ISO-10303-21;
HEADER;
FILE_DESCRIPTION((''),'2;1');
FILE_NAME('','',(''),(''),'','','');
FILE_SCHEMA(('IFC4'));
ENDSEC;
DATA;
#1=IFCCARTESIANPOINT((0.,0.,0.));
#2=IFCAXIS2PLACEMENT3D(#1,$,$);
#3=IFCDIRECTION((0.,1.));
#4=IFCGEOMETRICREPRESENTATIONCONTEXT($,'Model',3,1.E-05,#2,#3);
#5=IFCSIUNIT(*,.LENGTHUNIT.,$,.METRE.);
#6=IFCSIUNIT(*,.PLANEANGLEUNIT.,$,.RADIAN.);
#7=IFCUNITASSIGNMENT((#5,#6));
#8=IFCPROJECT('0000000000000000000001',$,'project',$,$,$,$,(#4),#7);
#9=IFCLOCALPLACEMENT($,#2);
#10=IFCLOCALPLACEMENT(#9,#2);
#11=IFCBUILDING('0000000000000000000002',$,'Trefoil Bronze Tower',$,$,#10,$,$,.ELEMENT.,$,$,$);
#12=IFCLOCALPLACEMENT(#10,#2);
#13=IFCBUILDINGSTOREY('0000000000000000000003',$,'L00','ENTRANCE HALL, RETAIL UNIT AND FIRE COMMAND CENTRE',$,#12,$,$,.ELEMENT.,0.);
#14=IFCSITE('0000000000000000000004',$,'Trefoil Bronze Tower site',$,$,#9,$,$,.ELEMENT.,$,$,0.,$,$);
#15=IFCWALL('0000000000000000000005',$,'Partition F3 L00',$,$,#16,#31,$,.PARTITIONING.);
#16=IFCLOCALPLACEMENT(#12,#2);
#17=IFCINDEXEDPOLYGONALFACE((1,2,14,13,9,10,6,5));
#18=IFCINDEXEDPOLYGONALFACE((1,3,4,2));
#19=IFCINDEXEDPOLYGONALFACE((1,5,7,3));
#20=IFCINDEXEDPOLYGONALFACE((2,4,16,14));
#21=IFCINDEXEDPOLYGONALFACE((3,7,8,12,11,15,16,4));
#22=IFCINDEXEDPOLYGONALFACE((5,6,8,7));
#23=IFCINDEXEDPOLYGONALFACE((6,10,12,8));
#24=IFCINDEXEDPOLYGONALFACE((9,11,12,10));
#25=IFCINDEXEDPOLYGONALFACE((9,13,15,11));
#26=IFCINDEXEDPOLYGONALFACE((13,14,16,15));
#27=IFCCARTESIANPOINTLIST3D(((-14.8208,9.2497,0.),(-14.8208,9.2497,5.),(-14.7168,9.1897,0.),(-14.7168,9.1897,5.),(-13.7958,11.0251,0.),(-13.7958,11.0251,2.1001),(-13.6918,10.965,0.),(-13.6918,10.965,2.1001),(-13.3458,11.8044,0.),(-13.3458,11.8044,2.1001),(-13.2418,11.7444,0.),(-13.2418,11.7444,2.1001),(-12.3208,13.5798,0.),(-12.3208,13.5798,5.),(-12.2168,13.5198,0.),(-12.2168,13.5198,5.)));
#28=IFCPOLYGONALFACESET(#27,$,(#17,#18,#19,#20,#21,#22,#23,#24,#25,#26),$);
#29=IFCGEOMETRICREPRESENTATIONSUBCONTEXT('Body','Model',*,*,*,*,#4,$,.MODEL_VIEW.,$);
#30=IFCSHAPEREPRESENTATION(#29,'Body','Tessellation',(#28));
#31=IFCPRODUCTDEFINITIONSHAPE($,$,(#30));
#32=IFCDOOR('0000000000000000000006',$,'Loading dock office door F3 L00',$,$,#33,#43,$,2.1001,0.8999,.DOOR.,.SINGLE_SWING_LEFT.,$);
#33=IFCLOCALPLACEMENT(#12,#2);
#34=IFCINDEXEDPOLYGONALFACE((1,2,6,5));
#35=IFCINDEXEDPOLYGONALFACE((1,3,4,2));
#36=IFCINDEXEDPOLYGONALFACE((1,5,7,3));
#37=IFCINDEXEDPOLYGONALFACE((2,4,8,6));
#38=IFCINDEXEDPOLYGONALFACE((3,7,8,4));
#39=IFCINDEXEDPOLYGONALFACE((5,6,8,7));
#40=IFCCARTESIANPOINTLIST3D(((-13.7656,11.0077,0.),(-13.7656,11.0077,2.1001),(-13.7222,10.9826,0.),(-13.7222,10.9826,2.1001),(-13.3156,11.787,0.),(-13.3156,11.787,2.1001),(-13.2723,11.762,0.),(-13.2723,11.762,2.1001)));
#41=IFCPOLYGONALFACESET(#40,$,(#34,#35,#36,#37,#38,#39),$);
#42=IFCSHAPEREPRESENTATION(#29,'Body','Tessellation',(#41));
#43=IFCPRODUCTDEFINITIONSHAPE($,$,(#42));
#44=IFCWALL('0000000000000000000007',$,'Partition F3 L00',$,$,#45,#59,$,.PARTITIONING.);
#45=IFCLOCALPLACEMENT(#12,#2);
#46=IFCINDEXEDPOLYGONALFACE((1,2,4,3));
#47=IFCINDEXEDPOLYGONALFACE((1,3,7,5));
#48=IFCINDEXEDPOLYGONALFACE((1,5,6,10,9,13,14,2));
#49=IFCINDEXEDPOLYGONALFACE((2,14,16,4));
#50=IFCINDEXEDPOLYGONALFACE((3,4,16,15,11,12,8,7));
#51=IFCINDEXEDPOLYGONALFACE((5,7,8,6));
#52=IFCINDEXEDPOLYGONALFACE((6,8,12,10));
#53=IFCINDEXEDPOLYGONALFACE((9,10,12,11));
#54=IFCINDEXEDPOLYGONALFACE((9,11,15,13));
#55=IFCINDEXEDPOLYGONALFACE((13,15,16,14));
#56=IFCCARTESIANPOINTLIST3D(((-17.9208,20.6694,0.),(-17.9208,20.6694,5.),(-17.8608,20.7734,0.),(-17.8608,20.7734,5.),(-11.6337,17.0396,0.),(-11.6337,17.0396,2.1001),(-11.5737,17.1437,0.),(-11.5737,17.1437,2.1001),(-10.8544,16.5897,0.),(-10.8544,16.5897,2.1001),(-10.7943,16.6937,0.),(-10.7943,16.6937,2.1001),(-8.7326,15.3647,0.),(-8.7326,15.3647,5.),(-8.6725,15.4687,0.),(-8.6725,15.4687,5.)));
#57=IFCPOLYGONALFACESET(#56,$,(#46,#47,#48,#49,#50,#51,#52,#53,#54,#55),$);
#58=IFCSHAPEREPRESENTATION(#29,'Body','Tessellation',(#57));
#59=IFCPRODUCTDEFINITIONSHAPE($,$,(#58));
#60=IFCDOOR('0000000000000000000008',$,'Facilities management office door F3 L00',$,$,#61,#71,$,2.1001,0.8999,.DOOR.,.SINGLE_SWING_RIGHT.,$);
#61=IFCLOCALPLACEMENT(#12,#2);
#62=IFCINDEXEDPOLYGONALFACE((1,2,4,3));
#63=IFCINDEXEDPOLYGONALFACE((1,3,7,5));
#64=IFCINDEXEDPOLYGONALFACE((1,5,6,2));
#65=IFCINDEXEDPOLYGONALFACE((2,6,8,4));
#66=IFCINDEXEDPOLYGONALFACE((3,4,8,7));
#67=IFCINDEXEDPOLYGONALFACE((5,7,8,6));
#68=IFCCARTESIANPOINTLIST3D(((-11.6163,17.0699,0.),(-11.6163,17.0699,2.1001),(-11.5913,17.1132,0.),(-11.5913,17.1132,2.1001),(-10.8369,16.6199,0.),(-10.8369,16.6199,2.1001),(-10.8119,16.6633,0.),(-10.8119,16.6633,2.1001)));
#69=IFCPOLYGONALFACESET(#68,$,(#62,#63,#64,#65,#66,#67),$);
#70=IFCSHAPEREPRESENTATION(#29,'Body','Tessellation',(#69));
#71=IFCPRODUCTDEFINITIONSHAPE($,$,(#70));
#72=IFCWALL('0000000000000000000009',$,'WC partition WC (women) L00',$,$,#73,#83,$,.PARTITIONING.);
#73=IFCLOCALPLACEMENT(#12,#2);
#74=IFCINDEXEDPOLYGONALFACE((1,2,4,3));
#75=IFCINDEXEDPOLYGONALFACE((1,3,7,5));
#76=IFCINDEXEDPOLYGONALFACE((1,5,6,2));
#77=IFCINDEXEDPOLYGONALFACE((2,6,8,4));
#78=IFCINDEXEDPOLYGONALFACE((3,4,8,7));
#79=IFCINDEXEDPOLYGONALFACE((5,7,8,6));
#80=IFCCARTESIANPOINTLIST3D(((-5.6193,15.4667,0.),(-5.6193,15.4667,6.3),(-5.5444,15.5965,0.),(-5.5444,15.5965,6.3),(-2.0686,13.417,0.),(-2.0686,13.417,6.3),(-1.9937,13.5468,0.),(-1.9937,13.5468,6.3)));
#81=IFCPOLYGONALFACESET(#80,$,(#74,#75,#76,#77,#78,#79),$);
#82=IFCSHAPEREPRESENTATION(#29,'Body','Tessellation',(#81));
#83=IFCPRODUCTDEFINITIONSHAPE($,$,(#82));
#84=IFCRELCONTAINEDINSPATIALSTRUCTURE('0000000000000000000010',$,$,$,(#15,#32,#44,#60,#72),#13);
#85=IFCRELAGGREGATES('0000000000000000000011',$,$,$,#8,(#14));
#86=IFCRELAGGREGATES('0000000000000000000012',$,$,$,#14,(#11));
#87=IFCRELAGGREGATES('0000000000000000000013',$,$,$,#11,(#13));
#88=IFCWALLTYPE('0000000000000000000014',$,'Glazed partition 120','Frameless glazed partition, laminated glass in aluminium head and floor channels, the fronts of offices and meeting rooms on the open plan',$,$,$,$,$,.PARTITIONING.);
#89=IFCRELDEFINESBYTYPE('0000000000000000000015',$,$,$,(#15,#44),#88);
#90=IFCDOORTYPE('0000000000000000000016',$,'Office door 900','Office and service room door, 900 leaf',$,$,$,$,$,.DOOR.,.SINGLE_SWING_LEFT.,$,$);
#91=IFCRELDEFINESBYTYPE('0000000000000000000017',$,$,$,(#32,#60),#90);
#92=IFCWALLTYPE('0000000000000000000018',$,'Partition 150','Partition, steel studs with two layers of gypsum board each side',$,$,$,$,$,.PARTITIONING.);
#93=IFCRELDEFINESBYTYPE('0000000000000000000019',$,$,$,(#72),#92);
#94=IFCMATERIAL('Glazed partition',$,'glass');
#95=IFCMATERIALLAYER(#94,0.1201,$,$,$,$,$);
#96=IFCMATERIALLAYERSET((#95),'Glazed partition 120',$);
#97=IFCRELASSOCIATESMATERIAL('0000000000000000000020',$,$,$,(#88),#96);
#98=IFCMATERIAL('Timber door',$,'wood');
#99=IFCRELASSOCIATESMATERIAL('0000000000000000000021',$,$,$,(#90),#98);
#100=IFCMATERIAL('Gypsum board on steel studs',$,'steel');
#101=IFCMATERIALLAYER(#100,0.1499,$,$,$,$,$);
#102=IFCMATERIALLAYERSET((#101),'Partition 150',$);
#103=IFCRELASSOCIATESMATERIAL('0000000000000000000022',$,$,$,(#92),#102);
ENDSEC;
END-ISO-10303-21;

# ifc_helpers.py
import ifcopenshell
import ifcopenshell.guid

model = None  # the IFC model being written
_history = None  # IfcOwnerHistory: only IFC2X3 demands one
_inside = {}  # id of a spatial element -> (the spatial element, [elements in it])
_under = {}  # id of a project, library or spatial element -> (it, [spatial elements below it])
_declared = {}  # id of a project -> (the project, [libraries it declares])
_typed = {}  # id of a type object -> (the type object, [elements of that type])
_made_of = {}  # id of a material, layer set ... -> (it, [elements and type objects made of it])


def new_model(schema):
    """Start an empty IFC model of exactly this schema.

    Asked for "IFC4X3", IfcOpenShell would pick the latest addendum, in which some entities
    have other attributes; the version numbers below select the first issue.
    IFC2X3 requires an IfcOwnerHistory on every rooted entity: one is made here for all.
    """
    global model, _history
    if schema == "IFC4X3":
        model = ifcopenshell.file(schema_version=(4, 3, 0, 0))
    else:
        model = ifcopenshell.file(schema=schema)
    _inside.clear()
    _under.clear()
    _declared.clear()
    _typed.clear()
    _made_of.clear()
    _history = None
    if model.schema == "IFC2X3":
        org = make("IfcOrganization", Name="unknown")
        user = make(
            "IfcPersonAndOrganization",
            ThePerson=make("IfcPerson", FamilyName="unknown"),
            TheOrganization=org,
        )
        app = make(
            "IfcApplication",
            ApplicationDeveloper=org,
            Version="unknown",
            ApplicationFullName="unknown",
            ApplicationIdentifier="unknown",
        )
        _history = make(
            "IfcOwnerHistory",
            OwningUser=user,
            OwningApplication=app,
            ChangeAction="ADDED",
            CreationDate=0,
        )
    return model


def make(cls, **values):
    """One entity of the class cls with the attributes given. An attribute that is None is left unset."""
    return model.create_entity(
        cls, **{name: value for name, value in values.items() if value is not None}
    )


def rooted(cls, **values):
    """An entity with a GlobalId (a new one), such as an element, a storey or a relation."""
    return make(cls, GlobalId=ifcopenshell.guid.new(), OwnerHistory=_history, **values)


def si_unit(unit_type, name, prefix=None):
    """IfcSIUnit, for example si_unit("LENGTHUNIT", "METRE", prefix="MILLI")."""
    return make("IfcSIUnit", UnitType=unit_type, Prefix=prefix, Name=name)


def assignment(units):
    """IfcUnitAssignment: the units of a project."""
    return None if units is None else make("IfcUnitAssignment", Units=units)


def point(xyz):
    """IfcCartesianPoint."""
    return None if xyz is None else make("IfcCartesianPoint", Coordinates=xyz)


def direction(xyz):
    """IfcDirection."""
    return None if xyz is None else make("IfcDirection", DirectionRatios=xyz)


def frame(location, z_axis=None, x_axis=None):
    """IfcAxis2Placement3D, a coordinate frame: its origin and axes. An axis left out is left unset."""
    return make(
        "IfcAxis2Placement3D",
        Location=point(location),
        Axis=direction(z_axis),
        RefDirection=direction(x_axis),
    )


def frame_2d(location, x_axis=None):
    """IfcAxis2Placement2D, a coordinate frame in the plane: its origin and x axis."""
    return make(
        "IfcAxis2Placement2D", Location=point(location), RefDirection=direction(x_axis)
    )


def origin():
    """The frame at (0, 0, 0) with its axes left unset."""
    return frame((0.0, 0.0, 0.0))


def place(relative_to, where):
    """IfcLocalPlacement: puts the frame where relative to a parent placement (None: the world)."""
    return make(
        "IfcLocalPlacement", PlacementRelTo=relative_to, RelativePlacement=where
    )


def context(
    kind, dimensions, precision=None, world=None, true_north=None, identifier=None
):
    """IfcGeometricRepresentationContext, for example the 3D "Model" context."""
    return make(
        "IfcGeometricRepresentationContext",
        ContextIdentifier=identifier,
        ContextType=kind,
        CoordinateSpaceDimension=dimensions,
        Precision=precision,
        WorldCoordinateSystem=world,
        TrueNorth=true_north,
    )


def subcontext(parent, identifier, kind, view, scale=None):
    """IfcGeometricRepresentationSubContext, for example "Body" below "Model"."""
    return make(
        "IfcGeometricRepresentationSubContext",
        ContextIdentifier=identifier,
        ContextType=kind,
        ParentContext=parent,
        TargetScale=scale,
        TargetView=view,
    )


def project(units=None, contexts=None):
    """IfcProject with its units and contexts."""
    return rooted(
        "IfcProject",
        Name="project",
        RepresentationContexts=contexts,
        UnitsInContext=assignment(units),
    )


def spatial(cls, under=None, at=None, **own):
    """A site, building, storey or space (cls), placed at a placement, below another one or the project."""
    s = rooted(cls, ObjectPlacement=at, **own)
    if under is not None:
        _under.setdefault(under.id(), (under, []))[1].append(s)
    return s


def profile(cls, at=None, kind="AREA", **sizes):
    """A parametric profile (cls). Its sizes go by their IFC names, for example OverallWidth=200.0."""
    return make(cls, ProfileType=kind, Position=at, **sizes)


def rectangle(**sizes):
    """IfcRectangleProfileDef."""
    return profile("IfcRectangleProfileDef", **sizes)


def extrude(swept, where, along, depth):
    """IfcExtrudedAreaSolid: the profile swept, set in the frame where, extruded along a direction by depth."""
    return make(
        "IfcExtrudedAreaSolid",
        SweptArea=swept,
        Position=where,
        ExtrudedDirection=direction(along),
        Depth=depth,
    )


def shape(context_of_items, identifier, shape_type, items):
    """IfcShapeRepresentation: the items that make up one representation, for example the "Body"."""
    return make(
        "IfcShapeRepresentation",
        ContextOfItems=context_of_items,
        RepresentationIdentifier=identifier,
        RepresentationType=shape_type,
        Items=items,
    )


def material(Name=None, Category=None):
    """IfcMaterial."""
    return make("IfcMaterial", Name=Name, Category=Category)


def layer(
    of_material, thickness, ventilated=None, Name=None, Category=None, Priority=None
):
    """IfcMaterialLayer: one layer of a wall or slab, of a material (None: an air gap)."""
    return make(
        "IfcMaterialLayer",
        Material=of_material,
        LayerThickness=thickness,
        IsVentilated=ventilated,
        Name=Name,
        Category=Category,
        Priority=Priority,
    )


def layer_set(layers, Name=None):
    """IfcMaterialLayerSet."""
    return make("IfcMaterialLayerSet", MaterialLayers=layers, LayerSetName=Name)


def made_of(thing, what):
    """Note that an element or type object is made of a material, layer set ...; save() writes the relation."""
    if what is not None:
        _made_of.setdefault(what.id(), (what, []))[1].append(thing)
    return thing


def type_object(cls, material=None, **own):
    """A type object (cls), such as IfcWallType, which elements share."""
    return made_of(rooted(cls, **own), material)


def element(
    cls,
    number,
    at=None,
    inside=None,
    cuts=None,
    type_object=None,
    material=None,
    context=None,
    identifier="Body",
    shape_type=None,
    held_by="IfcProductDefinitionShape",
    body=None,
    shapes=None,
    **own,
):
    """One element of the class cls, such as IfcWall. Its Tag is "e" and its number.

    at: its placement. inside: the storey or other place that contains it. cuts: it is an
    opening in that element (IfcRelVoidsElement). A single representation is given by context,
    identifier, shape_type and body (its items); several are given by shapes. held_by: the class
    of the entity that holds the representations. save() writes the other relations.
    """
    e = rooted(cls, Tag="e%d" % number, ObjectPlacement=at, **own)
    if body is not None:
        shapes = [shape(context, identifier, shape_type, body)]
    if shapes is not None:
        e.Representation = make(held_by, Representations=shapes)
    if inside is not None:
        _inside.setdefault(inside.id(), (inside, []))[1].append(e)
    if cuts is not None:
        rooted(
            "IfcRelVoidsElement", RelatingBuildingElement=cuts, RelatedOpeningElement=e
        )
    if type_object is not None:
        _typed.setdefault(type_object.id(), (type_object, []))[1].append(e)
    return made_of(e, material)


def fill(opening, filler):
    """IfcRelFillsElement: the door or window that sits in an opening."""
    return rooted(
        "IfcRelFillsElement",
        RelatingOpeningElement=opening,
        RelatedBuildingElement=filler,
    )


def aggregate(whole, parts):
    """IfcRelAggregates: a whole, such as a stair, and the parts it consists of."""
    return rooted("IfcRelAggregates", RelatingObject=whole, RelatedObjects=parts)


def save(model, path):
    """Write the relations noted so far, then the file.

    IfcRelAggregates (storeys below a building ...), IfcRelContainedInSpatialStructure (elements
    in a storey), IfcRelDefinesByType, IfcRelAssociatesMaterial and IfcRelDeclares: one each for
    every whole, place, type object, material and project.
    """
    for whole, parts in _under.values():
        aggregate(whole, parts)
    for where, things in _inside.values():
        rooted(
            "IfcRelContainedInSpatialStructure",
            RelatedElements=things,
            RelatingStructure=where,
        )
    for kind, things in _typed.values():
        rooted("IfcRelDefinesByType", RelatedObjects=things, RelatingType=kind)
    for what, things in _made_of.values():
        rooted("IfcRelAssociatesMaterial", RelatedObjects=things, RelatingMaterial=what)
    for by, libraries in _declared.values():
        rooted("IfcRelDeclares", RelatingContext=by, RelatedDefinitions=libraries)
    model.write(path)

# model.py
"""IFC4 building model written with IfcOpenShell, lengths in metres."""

from ifc_helpers import new_model, si_unit, direction, frame, frame_2d, origin, place, context, subcontext, project, spatial, rectangle, extrude, material, layer, layer_set, type_object, element, fill, save


model = new_model("IFC4")

# Units and contexts
model_context = context("Model", 3, precision=1e-05, world=origin(), true_north=direction((0.0, 1.0)))
body_context = subcontext(model_context, "Body", "Model", "MODEL_VIEW")
ifc_project = project(units=[si_unit("LENGTHUNIT", "METRE"), si_unit("PLANEANGLEUNIT", "RADIAN")], contexts=[model_context])

# Site, building, storey
site_placement = place(None, origin())
site = spatial("IfcSite", under=ifc_project, at=site_placement, Name="Trefoil Bronze Tower site", CompositionType="ELEMENT", RefElevation=0.0)
building_placement = place(site_placement, origin())
building = spatial("IfcBuilding", under=site, at=building_placement, Name="Trefoil Bronze Tower", CompositionType="ELEMENT")
storey_placement = place(building_placement, origin())
storey = spatial("IfcBuildingStorey", under=building, at=storey_placement, Name="L00", Description="ENTRANCE HALL, RETAIL UNIT AND FIRE COMMAND CENTRE", CompositionType="ELEMENT", Elevation=0.0)

# Walls, openings, doors
ifc_material_1 = material(Name="Glazed partition", Category="glass")
ifc_layer_1 = layer(ifc_material_1, 0.1201)
ifc_layer_set_1 = layer_set([ifc_layer_1], Name="Glazed partition 120")
wall_type_1 = type_object("IfcWallType", Name="Glazed partition 120", Description="Frameless glazed partition, laminated glass in aluminium head and floor channels, the fronts of offices and meeting rooms on the open plan", PredefinedType="PARTITIONING", material=ifc_layer_set_1)
wall_1_placement = place(storey_placement, frame((-12.2688, 13.5498, 0.0), z_axis=(0.0, 0.0, 1.0), x_axis=(-0.500004, -0.866023, 0.0)))
wall_1 = element("IfcWall", 1, at=wall_1_placement, inside=storey, type_object=wall_type_1, Name="Partition F3 L00", PredefinedType="PARTITIONING", context=body_context, shape_type="SweptSolid", body=[
    extrude(rectangle(XDim=5.0, YDim=0.1201, at=frame_2d((2.5, 0.0))), origin(), (0.0, 0.0, 1.0), 5.0),
])
opening_1_placement = place(wall_1_placement, frame((2.05, 0.0, 0.0)))
opening_1 = element("IfcOpeningElement", 2, at=opening_1_placement, cuts=wall_1, PredefinedType="OPENING", context=body_context, shape_type="SweptSolid", body=[
    extrude(rectangle(XDim=0.8999, YDim=2.1001, at=frame_2d((0.45, 1.05))), frame((0.0, 0.0701, 0.0), z_axis=(0.0, -1.0, 0.0), x_axis=(1.0, 0.0, 0.0)), (0.0, 0.0, 1.0), 0.1401),
])
ifc_material_2 = material(Name="Timber door", Category="wood")
door_type_1 = type_object("IfcDoorType", Name="Office door 900", Description="Office and service room door, 900 leaf", OperationType="SINGLE_SWING_LEFT", PredefinedType="DOOR", material=ifc_material_2)
door_1_placement = place(opening_1_placement, origin())
door_1 = element("IfcDoor", 3, at=door_1_placement, inside=storey, type_object=door_type_1, Name="Loading dock office door F3 L00", OperationType="SINGLE_SWING_LEFT", OverallHeight=2.1001, OverallWidth=0.8999, PredefinedType="DOOR", context=body_context, shape_type="SweptSolid", body=[
    extrude(rectangle(XDim=0.8999, YDim=2.1001, at=frame_2d((0.45, 1.05))), frame((0.0, 0.0249, 0.0), z_axis=(0.0, -1.0, 0.0), x_axis=(1.0, 0.0, 0.0)), (0.0, 0.0, 1.0), 0.05),
])
fill(opening_1, door_1)
wall_2_placement = place(storey_placement, frame((-8.7026, 15.4167, 0.0), z_axis=(0.0, 0.0, 1.0), x_axis=(-0.866031, 0.49999, 0.0)))
wall_2 = element("IfcWall", 4, at=wall_2_placement, inside=storey, type_object=wall_type_1, Name="Partition F3 L00", PredefinedType="PARTITIONING", context=body_context, shape_type="SweptSolid", body=[
    extrude(rectangle(XDim=10.6096, YDim=0.1201, at=frame_2d((5.3047, 0.0))), origin(), (0.0, 0.0, 1.0), 5.0),
])
opening_2_placement = place(wall_2_placement, frame((2.45, 0.0, 0.0)))
opening_2 = element("IfcOpeningElement", 5, at=opening_2_placement, cuts=wall_2, PredefinedType="OPENING", context=body_context, shape_type="SweptSolid", body=[
    extrude(rectangle(XDim=0.8999, YDim=2.1001, at=frame_2d((0.45, 1.05))), frame((0.0, 0.0701, 0.0), z_axis=(0.0, -1.0, 0.0), x_axis=(1.0, 0.0, 0.0)), (0.0, 0.0, 1.0), 0.1401),
])
door_2_placement = place(opening_2_placement, frame((0.8999, 0.0, 0.0), z_axis=(0.0, 0.0, 1.0), x_axis=(-1.0, 0.0, 0.0)))
door_2 = element("IfcDoor", 6, at=door_2_placement, inside=storey, type_object=door_type_1, Name="Facilities management office door F3 L00", OperationType="SINGLE_SWING_RIGHT", OverallHeight=2.1001, OverallWidth=0.8999, PredefinedType="DOOR", context=body_context, shape_type="SweptSolid", body=[
    extrude(rectangle(XDim=0.8999, YDim=2.1001, at=frame_2d((0.45, 1.05))), frame((0.0, 0.0249, 0.0), z_axis=(0.0, -1.0, 0.0), x_axis=(1.0, 0.0, 0.0)), (0.0, 0.0, 1.0), 0.05),
])
fill(opening_2, door_2)

# Wall
ifc_material_3 = material(Name="Gypsum board on steel studs", Category="steel")
ifc_layer_2 = layer(ifc_material_3, 0.1499)
ifc_layer_set_2 = layer_set([ifc_layer_2], Name="Partition 150")
wall_type_2 = type_object("IfcWallType", Name="Partition 150", Description="Partition, steel studs with two layers of gypsum board each side", PredefinedType="PARTITIONING", material=ifc_layer_set_2)
wall_3_placement = place(storey_placement, frame((-2.0312, 13.4819, 0.0), z_axis=(0.0, 0.0, 1.0), x_axis=(-0.866051, 0.499956, 0.0)))
element("IfcWall", 7, at=wall_3_placement, inside=storey, type_object=wall_type_2, Name="WC partition WC (women) L00", PredefinedType="PARTITIONING", context=body_context, shape_type="SweptSolid", body=[
    extrude(rectangle(XDim=4.0999, YDim=0.1499, at=frame_2d((2.0498, 0.0))), origin(), (0.0, 0.0, 1.0), 6.3),
])

save(model, "model.ifc")
